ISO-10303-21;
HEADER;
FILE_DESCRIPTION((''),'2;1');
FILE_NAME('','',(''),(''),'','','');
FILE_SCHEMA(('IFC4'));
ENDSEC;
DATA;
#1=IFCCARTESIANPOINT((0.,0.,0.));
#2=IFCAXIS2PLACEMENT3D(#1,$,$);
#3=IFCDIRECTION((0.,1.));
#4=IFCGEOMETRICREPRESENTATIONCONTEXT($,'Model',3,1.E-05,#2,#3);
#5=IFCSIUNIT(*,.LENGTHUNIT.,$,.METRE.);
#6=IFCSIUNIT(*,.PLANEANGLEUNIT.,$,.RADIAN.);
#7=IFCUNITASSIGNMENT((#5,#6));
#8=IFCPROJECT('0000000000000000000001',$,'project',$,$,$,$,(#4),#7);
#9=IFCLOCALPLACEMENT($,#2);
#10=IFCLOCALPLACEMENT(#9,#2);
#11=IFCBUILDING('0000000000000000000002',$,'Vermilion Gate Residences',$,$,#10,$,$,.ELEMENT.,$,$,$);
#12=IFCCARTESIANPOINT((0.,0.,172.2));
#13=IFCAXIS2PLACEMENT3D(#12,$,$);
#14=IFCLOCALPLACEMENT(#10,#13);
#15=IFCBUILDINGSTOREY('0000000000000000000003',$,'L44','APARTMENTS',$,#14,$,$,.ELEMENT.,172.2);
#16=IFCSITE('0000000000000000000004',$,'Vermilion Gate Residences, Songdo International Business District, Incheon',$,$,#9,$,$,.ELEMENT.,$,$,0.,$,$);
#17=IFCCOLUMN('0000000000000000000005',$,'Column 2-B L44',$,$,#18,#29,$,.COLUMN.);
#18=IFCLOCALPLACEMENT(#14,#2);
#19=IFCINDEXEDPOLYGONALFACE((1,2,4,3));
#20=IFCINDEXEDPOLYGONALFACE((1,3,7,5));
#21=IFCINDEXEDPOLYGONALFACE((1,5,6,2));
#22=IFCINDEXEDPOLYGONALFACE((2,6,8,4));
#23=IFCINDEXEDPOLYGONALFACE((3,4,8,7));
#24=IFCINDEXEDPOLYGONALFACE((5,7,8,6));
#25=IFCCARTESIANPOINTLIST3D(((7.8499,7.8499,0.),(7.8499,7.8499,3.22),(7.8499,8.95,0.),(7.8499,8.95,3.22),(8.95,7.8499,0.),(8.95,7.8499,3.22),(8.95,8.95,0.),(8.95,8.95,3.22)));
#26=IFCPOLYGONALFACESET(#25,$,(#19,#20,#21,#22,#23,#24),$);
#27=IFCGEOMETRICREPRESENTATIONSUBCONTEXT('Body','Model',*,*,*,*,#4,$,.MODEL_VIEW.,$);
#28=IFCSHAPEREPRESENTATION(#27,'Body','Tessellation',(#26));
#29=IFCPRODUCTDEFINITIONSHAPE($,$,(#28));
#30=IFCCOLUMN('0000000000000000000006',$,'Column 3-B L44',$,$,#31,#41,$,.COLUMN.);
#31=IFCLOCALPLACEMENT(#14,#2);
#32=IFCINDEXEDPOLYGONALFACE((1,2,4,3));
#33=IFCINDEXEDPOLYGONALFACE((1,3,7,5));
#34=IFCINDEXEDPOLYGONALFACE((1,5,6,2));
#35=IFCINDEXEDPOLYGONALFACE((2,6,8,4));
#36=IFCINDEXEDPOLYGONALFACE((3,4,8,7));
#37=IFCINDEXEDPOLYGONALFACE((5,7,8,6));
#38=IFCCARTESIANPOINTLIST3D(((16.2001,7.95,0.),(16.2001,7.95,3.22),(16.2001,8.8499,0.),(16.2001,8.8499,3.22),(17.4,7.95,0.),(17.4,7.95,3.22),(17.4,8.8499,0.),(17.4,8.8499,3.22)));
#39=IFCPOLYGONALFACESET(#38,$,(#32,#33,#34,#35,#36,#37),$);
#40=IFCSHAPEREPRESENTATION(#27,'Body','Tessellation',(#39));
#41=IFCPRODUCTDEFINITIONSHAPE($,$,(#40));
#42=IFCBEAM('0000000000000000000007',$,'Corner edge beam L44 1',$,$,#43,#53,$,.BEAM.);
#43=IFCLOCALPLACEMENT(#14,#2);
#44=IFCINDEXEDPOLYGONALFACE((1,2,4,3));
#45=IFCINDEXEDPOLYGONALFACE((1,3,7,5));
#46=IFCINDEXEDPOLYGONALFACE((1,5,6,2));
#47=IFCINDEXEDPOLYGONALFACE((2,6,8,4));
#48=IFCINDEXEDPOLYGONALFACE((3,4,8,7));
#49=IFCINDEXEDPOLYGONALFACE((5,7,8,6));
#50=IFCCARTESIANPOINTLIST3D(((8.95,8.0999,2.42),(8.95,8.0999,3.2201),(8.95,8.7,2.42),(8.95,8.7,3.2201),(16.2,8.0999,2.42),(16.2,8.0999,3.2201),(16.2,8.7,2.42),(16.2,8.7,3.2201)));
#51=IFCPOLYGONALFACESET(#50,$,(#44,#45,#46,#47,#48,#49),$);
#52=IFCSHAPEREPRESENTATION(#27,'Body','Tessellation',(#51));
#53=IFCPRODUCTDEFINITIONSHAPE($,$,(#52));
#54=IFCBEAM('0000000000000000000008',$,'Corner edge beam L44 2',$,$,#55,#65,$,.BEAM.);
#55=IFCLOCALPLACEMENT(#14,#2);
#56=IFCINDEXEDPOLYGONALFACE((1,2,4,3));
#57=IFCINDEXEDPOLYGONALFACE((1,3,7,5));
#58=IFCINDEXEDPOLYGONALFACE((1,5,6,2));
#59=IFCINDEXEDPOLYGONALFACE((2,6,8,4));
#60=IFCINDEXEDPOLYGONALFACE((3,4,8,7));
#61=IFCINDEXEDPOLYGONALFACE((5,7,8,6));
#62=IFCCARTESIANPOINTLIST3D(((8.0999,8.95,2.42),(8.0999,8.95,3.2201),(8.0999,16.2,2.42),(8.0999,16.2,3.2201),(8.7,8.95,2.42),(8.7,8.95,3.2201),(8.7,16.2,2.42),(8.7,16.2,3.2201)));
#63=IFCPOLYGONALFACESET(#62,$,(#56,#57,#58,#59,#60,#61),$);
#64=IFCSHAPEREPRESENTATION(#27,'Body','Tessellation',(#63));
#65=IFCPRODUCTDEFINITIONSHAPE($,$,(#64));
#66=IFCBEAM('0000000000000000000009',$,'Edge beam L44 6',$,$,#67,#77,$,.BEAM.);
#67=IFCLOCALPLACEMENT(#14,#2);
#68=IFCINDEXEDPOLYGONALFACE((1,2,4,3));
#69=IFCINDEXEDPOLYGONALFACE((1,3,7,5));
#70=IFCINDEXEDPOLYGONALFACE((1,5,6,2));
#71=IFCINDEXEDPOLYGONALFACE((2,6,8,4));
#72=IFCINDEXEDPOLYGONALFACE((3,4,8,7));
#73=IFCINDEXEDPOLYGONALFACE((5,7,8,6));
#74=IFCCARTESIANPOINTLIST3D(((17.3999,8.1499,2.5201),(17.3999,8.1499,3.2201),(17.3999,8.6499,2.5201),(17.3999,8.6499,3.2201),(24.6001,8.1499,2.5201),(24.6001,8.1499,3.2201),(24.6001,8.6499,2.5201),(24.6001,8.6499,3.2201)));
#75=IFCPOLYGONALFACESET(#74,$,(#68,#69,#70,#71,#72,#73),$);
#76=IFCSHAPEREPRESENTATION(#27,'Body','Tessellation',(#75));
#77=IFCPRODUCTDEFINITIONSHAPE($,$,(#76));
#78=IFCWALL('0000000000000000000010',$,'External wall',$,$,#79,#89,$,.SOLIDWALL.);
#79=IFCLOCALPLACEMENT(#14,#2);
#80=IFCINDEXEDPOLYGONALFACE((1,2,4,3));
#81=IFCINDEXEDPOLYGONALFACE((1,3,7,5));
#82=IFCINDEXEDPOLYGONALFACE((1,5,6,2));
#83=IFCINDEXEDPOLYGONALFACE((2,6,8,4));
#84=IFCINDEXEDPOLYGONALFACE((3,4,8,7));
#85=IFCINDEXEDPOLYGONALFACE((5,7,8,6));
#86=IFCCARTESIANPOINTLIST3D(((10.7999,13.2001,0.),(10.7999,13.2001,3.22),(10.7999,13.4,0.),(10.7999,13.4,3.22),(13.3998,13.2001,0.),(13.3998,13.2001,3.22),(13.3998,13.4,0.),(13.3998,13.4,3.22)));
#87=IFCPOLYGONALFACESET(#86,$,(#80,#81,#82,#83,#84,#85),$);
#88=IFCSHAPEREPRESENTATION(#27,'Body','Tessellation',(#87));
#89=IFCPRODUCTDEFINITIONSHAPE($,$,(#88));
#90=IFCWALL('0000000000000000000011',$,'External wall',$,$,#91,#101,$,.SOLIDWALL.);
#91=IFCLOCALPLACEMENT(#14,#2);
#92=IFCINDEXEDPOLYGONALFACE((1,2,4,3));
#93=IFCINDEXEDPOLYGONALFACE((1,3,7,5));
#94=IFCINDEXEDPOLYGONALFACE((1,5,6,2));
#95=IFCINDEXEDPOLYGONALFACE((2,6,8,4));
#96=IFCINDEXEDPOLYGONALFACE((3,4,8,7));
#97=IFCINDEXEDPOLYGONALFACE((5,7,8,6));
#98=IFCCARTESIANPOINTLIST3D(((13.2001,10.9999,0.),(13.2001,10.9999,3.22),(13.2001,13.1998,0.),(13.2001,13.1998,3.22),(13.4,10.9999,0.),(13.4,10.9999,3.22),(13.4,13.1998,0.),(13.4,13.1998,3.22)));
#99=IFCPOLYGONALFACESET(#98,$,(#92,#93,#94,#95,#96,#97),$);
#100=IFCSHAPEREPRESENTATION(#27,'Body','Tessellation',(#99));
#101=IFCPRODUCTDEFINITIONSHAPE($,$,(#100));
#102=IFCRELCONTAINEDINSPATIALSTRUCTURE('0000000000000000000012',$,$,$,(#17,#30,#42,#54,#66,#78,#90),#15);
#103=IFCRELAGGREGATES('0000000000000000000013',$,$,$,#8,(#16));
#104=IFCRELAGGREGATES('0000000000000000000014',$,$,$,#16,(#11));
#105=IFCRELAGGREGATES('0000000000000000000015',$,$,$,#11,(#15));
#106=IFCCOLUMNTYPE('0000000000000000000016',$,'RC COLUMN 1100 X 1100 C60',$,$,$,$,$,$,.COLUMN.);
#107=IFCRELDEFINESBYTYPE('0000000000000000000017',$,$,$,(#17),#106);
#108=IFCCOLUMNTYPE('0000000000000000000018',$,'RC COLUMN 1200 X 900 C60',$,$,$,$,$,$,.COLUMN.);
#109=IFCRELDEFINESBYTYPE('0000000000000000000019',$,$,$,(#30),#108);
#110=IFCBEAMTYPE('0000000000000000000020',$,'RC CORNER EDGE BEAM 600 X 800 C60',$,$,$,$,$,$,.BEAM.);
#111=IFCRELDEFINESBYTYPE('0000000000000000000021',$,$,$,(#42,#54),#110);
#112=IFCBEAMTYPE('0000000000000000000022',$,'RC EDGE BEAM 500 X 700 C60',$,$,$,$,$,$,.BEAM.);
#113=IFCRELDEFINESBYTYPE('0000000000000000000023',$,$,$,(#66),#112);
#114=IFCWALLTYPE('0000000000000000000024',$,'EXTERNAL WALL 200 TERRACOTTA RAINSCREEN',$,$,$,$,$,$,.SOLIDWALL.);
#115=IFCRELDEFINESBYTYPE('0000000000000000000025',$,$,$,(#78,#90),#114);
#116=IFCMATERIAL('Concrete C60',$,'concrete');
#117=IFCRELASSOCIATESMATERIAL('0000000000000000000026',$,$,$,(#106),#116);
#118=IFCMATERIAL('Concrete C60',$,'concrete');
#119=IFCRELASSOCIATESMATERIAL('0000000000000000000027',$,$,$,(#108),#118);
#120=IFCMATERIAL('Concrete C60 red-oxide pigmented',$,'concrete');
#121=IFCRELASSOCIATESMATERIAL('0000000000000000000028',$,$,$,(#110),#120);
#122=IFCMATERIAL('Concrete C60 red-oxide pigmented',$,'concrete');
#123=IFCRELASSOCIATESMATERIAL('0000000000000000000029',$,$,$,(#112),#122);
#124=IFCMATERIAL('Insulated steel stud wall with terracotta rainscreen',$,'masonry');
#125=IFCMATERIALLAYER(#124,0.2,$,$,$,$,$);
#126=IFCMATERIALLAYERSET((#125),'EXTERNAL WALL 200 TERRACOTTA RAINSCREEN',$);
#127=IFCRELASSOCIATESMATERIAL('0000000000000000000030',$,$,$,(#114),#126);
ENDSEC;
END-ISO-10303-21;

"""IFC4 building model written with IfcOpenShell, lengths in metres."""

from ifc_helpers import new_model, si_unit, direction, frame, frame_2d, origin, origin_2d, place, context, subcontext, project, spatial, rectangle, extrude, material, layer, layer_set, material_profile, profile_set, type_object, element, save


model = new_model("IFC4")

# Units and contexts
model_context = context("Model", 3, precision=1e-05, world=origin(), true_north=direction((0.0, 1.0)))
body_context = subcontext(model_context, "Body", "Model", "MODEL_VIEW")
ifc_project = project(units=[si_unit("LENGTHUNIT", "METRE"), si_unit("PLANEANGLEUNIT", "RADIAN")], contexts=[model_context])

# Site, building, storey
site_placement = place(None, origin())
site = spatial("IfcSite", under=ifc_project, at=site_placement, Name="Vermilion Gate Residences, Songdo International Business District, Incheon", CompositionType="ELEMENT", RefElevation=0.0)
building_placement = place(site_placement, origin())
building = spatial("IfcBuilding", under=site, at=building_placement, Name="Vermilion Gate Residences", CompositionType="ELEMENT")
storey_placement = place(building_placement, frame((0.0, 0.0, 172.2)))
storey = spatial("IfcBuildingStorey", under=building, at=storey_placement, Name="L44", Description="APARTMENTS", CompositionType="ELEMENT", Elevation=172.2)

# Columns
ifc_material_1 = material(Name="Concrete C60", Category="concrete")
ifc_material_profile_1 = material_profile(ifc_material_1, rectangle(XDim=1.1001, YDim=1.1001, at=origin_2d()), Name="RC-1100x1100")
ifc_profile_set_1 = profile_set([ifc_material_profile_1], Name="Concrete C60")
column_type_1 = type_object("IfcColumnType", Name="RC COLUMN 1100 X 1100 C60", PredefinedType="COLUMN", material=ifc_profile_set_1)
column_1_placement = place(storey_placement, frame((8.3999, 8.3999, 0.0), z_axis=(0.0, 0.0, 1.0), x_axis=(1.0, 0.0, 0.0)))
element("IfcColumn", 1, at=column_1_placement, inside=storey, type_object=column_type_1, Name="Column 2-B L44", PredefinedType="COLUMN", context=body_context, shape_type="SweptSolid", body=[
    extrude(rectangle(XDim=1.1001, YDim=1.1001, at=origin_2d()), origin(), (0.0, 0.0, 1.0), 3.22),
])
ifc_material_2 = material(Name="Concrete C60", Category="concrete")
ifc_material_profile_2 = material_profile(ifc_material_2, rectangle(XDim=1.2, YDim=0.8999, at=origin_2d()), Name="RC-1200x900")
ifc_profile_set_2 = profile_set([ifc_material_profile_2], Name="Concrete C60")
column_type_2 = type_object("IfcColumnType", Name="RC COLUMN 1200 X 900 C60", PredefinedType="COLUMN", material=ifc_profile_set_2)
column_2_placement = place(storey_placement, frame((16.8, 8.3999, 0.0), z_axis=(0.0, 0.0, 1.0), x_axis=(1.0, 0.0, 0.0)))
element("IfcColumn", 2, at=column_2_placement, inside=storey, type_object=column_type_2, Name="Column 3-B L44", PredefinedType="COLUMN", context=body_context, shape_type="SweptSolid", body=[
    extrude(rectangle(XDim=1.2, YDim=0.8999, at=origin_2d()), origin(), (0.0, 0.0, 1.0), 3.22),
])

# Beams
ifc_material_3 = material(Name="Concrete C60 red-oxide pigmented", Category="concrete")
ifc_material_profile_3 = material_profile(ifc_material_3, rectangle(XDim=0.6001, YDim=0.8, at=origin_2d()), Name="RC-600x800")
ifc_profile_set_3 = profile_set([ifc_material_profile_3], Name="Concrete C60 red-oxide pigmented")
beam_type_1 = type_object("IfcBeamType", Name="RC CORNER EDGE BEAM 600 X 800 C60", PredefinedType="BEAM", material=ifc_profile_set_3)
for number, where, z_axis, x_axis, name in (
    (3, (8.95, 8.3999, 2.8201), (1.0, 0.0, 0.0), (0.0, 1.0, 0.0), "Corner edge beam L44 1"),
    (4, (8.3999, 8.95, 2.8201), (0.0, 1.0, 0.0), (-1.0, 0.0, 0.0), "Corner edge beam L44 2"),
):
    element("IfcBeam", number, at=place(storey_placement, frame(where, z_axis=z_axis, x_axis=x_axis)), inside=storey, type_object=beam_type_1, Name=name, PredefinedType="BEAM", context=body_context, shape_type="SweptSolid", body=[
        extrude(rectangle(XDim=0.6001, YDim=0.8, at=origin_2d()), origin(), (0.0, 0.0, 1.0), 7.25),
    ])
ifc_material_4 = material(Name="Concrete C60 red-oxide pigmented", Category="concrete")
ifc_material_profile_4 = material_profile(ifc_material_4, rectangle(XDim=0.5, YDim=0.7, at=origin_2d()), Name="RC-500x700")
ifc_profile_set_4 = profile_set([ifc_material_profile_4], Name="Concrete C60 red-oxide pigmented")
beam_type_2 = type_object("IfcBeamType", Name="RC EDGE BEAM 500 X 700 C60", PredefinedType="BEAM", material=ifc_profile_set_4)
beam_placement = place(storey_placement, frame((17.3999, 8.3999, 2.8701), z_axis=(1.0, 0.0, 0.0), x_axis=(0.0, 1.0, 0.0)))
element("IfcBeam", 5, at=beam_placement, inside=storey, type_object=beam_type_2, Name="Edge beam L44 6", PredefinedType="BEAM", context=body_context, shape_type="SweptSolid", body=[
    extrude(rectangle(XDim=0.5, YDim=0.7, at=origin_2d()), origin(), (0.0, 0.0, 1.0), 7.2002),
])

# Walls
ifc_material_5 = material(Name="Insulated steel stud wall with terracotta rainscreen", Category="masonry")
ifc_layer_1 = layer(ifc_material_5, 0.2)
ifc_layer_set_1 = layer_set([ifc_layer_1], Name="EXTERNAL WALL 200 TERRACOTTA RAINSCREEN")
wall_type_1 = type_object("IfcWallType", Name="EXTERNAL WALL 200 TERRACOTTA RAINSCREEN", PredefinedType="SOLIDWALL", material=ifc_layer_set_1)
wall_1_placement = place(storey_placement, frame((10.8, 13.3, 0.0), z_axis=(0.0, 0.0, 1.0), x_axis=(1.0, 0.0, 0.0)))
element("IfcWall", 6, at=wall_1_placement, inside=storey, type_object=wall_type_1, Name="External wall", PredefinedType="SOLIDWALL", context=body_context, shape_type="SweptSolid", body=[
    extrude(rectangle(XDim=2.5999, YDim=0.2, at=frame_2d((1.2998, 0.0))), origin(), (0.0, 0.0, 1.0), 3.22),
])
wall_2_placement = place(storey_placement, frame((13.3, 13.2, 0.0), z_axis=(0.0, 0.0, 1.0), x_axis=(0.0, -1.0, 0.0)))
element("IfcWall", 7, at=wall_2_placement, inside=storey, type_object=wall_type_1, Name="External wall", PredefinedType="SOLIDWALL", context=body_context, shape_type="SweptSolid", body=[
    extrude(rectangle(XDim=2.2, YDim=0.2, at=frame_2d((1.1001, 0.0))), origin(), (0.0, 0.0, 1.0), 3.22),
])

save(model, "model.ifc")
